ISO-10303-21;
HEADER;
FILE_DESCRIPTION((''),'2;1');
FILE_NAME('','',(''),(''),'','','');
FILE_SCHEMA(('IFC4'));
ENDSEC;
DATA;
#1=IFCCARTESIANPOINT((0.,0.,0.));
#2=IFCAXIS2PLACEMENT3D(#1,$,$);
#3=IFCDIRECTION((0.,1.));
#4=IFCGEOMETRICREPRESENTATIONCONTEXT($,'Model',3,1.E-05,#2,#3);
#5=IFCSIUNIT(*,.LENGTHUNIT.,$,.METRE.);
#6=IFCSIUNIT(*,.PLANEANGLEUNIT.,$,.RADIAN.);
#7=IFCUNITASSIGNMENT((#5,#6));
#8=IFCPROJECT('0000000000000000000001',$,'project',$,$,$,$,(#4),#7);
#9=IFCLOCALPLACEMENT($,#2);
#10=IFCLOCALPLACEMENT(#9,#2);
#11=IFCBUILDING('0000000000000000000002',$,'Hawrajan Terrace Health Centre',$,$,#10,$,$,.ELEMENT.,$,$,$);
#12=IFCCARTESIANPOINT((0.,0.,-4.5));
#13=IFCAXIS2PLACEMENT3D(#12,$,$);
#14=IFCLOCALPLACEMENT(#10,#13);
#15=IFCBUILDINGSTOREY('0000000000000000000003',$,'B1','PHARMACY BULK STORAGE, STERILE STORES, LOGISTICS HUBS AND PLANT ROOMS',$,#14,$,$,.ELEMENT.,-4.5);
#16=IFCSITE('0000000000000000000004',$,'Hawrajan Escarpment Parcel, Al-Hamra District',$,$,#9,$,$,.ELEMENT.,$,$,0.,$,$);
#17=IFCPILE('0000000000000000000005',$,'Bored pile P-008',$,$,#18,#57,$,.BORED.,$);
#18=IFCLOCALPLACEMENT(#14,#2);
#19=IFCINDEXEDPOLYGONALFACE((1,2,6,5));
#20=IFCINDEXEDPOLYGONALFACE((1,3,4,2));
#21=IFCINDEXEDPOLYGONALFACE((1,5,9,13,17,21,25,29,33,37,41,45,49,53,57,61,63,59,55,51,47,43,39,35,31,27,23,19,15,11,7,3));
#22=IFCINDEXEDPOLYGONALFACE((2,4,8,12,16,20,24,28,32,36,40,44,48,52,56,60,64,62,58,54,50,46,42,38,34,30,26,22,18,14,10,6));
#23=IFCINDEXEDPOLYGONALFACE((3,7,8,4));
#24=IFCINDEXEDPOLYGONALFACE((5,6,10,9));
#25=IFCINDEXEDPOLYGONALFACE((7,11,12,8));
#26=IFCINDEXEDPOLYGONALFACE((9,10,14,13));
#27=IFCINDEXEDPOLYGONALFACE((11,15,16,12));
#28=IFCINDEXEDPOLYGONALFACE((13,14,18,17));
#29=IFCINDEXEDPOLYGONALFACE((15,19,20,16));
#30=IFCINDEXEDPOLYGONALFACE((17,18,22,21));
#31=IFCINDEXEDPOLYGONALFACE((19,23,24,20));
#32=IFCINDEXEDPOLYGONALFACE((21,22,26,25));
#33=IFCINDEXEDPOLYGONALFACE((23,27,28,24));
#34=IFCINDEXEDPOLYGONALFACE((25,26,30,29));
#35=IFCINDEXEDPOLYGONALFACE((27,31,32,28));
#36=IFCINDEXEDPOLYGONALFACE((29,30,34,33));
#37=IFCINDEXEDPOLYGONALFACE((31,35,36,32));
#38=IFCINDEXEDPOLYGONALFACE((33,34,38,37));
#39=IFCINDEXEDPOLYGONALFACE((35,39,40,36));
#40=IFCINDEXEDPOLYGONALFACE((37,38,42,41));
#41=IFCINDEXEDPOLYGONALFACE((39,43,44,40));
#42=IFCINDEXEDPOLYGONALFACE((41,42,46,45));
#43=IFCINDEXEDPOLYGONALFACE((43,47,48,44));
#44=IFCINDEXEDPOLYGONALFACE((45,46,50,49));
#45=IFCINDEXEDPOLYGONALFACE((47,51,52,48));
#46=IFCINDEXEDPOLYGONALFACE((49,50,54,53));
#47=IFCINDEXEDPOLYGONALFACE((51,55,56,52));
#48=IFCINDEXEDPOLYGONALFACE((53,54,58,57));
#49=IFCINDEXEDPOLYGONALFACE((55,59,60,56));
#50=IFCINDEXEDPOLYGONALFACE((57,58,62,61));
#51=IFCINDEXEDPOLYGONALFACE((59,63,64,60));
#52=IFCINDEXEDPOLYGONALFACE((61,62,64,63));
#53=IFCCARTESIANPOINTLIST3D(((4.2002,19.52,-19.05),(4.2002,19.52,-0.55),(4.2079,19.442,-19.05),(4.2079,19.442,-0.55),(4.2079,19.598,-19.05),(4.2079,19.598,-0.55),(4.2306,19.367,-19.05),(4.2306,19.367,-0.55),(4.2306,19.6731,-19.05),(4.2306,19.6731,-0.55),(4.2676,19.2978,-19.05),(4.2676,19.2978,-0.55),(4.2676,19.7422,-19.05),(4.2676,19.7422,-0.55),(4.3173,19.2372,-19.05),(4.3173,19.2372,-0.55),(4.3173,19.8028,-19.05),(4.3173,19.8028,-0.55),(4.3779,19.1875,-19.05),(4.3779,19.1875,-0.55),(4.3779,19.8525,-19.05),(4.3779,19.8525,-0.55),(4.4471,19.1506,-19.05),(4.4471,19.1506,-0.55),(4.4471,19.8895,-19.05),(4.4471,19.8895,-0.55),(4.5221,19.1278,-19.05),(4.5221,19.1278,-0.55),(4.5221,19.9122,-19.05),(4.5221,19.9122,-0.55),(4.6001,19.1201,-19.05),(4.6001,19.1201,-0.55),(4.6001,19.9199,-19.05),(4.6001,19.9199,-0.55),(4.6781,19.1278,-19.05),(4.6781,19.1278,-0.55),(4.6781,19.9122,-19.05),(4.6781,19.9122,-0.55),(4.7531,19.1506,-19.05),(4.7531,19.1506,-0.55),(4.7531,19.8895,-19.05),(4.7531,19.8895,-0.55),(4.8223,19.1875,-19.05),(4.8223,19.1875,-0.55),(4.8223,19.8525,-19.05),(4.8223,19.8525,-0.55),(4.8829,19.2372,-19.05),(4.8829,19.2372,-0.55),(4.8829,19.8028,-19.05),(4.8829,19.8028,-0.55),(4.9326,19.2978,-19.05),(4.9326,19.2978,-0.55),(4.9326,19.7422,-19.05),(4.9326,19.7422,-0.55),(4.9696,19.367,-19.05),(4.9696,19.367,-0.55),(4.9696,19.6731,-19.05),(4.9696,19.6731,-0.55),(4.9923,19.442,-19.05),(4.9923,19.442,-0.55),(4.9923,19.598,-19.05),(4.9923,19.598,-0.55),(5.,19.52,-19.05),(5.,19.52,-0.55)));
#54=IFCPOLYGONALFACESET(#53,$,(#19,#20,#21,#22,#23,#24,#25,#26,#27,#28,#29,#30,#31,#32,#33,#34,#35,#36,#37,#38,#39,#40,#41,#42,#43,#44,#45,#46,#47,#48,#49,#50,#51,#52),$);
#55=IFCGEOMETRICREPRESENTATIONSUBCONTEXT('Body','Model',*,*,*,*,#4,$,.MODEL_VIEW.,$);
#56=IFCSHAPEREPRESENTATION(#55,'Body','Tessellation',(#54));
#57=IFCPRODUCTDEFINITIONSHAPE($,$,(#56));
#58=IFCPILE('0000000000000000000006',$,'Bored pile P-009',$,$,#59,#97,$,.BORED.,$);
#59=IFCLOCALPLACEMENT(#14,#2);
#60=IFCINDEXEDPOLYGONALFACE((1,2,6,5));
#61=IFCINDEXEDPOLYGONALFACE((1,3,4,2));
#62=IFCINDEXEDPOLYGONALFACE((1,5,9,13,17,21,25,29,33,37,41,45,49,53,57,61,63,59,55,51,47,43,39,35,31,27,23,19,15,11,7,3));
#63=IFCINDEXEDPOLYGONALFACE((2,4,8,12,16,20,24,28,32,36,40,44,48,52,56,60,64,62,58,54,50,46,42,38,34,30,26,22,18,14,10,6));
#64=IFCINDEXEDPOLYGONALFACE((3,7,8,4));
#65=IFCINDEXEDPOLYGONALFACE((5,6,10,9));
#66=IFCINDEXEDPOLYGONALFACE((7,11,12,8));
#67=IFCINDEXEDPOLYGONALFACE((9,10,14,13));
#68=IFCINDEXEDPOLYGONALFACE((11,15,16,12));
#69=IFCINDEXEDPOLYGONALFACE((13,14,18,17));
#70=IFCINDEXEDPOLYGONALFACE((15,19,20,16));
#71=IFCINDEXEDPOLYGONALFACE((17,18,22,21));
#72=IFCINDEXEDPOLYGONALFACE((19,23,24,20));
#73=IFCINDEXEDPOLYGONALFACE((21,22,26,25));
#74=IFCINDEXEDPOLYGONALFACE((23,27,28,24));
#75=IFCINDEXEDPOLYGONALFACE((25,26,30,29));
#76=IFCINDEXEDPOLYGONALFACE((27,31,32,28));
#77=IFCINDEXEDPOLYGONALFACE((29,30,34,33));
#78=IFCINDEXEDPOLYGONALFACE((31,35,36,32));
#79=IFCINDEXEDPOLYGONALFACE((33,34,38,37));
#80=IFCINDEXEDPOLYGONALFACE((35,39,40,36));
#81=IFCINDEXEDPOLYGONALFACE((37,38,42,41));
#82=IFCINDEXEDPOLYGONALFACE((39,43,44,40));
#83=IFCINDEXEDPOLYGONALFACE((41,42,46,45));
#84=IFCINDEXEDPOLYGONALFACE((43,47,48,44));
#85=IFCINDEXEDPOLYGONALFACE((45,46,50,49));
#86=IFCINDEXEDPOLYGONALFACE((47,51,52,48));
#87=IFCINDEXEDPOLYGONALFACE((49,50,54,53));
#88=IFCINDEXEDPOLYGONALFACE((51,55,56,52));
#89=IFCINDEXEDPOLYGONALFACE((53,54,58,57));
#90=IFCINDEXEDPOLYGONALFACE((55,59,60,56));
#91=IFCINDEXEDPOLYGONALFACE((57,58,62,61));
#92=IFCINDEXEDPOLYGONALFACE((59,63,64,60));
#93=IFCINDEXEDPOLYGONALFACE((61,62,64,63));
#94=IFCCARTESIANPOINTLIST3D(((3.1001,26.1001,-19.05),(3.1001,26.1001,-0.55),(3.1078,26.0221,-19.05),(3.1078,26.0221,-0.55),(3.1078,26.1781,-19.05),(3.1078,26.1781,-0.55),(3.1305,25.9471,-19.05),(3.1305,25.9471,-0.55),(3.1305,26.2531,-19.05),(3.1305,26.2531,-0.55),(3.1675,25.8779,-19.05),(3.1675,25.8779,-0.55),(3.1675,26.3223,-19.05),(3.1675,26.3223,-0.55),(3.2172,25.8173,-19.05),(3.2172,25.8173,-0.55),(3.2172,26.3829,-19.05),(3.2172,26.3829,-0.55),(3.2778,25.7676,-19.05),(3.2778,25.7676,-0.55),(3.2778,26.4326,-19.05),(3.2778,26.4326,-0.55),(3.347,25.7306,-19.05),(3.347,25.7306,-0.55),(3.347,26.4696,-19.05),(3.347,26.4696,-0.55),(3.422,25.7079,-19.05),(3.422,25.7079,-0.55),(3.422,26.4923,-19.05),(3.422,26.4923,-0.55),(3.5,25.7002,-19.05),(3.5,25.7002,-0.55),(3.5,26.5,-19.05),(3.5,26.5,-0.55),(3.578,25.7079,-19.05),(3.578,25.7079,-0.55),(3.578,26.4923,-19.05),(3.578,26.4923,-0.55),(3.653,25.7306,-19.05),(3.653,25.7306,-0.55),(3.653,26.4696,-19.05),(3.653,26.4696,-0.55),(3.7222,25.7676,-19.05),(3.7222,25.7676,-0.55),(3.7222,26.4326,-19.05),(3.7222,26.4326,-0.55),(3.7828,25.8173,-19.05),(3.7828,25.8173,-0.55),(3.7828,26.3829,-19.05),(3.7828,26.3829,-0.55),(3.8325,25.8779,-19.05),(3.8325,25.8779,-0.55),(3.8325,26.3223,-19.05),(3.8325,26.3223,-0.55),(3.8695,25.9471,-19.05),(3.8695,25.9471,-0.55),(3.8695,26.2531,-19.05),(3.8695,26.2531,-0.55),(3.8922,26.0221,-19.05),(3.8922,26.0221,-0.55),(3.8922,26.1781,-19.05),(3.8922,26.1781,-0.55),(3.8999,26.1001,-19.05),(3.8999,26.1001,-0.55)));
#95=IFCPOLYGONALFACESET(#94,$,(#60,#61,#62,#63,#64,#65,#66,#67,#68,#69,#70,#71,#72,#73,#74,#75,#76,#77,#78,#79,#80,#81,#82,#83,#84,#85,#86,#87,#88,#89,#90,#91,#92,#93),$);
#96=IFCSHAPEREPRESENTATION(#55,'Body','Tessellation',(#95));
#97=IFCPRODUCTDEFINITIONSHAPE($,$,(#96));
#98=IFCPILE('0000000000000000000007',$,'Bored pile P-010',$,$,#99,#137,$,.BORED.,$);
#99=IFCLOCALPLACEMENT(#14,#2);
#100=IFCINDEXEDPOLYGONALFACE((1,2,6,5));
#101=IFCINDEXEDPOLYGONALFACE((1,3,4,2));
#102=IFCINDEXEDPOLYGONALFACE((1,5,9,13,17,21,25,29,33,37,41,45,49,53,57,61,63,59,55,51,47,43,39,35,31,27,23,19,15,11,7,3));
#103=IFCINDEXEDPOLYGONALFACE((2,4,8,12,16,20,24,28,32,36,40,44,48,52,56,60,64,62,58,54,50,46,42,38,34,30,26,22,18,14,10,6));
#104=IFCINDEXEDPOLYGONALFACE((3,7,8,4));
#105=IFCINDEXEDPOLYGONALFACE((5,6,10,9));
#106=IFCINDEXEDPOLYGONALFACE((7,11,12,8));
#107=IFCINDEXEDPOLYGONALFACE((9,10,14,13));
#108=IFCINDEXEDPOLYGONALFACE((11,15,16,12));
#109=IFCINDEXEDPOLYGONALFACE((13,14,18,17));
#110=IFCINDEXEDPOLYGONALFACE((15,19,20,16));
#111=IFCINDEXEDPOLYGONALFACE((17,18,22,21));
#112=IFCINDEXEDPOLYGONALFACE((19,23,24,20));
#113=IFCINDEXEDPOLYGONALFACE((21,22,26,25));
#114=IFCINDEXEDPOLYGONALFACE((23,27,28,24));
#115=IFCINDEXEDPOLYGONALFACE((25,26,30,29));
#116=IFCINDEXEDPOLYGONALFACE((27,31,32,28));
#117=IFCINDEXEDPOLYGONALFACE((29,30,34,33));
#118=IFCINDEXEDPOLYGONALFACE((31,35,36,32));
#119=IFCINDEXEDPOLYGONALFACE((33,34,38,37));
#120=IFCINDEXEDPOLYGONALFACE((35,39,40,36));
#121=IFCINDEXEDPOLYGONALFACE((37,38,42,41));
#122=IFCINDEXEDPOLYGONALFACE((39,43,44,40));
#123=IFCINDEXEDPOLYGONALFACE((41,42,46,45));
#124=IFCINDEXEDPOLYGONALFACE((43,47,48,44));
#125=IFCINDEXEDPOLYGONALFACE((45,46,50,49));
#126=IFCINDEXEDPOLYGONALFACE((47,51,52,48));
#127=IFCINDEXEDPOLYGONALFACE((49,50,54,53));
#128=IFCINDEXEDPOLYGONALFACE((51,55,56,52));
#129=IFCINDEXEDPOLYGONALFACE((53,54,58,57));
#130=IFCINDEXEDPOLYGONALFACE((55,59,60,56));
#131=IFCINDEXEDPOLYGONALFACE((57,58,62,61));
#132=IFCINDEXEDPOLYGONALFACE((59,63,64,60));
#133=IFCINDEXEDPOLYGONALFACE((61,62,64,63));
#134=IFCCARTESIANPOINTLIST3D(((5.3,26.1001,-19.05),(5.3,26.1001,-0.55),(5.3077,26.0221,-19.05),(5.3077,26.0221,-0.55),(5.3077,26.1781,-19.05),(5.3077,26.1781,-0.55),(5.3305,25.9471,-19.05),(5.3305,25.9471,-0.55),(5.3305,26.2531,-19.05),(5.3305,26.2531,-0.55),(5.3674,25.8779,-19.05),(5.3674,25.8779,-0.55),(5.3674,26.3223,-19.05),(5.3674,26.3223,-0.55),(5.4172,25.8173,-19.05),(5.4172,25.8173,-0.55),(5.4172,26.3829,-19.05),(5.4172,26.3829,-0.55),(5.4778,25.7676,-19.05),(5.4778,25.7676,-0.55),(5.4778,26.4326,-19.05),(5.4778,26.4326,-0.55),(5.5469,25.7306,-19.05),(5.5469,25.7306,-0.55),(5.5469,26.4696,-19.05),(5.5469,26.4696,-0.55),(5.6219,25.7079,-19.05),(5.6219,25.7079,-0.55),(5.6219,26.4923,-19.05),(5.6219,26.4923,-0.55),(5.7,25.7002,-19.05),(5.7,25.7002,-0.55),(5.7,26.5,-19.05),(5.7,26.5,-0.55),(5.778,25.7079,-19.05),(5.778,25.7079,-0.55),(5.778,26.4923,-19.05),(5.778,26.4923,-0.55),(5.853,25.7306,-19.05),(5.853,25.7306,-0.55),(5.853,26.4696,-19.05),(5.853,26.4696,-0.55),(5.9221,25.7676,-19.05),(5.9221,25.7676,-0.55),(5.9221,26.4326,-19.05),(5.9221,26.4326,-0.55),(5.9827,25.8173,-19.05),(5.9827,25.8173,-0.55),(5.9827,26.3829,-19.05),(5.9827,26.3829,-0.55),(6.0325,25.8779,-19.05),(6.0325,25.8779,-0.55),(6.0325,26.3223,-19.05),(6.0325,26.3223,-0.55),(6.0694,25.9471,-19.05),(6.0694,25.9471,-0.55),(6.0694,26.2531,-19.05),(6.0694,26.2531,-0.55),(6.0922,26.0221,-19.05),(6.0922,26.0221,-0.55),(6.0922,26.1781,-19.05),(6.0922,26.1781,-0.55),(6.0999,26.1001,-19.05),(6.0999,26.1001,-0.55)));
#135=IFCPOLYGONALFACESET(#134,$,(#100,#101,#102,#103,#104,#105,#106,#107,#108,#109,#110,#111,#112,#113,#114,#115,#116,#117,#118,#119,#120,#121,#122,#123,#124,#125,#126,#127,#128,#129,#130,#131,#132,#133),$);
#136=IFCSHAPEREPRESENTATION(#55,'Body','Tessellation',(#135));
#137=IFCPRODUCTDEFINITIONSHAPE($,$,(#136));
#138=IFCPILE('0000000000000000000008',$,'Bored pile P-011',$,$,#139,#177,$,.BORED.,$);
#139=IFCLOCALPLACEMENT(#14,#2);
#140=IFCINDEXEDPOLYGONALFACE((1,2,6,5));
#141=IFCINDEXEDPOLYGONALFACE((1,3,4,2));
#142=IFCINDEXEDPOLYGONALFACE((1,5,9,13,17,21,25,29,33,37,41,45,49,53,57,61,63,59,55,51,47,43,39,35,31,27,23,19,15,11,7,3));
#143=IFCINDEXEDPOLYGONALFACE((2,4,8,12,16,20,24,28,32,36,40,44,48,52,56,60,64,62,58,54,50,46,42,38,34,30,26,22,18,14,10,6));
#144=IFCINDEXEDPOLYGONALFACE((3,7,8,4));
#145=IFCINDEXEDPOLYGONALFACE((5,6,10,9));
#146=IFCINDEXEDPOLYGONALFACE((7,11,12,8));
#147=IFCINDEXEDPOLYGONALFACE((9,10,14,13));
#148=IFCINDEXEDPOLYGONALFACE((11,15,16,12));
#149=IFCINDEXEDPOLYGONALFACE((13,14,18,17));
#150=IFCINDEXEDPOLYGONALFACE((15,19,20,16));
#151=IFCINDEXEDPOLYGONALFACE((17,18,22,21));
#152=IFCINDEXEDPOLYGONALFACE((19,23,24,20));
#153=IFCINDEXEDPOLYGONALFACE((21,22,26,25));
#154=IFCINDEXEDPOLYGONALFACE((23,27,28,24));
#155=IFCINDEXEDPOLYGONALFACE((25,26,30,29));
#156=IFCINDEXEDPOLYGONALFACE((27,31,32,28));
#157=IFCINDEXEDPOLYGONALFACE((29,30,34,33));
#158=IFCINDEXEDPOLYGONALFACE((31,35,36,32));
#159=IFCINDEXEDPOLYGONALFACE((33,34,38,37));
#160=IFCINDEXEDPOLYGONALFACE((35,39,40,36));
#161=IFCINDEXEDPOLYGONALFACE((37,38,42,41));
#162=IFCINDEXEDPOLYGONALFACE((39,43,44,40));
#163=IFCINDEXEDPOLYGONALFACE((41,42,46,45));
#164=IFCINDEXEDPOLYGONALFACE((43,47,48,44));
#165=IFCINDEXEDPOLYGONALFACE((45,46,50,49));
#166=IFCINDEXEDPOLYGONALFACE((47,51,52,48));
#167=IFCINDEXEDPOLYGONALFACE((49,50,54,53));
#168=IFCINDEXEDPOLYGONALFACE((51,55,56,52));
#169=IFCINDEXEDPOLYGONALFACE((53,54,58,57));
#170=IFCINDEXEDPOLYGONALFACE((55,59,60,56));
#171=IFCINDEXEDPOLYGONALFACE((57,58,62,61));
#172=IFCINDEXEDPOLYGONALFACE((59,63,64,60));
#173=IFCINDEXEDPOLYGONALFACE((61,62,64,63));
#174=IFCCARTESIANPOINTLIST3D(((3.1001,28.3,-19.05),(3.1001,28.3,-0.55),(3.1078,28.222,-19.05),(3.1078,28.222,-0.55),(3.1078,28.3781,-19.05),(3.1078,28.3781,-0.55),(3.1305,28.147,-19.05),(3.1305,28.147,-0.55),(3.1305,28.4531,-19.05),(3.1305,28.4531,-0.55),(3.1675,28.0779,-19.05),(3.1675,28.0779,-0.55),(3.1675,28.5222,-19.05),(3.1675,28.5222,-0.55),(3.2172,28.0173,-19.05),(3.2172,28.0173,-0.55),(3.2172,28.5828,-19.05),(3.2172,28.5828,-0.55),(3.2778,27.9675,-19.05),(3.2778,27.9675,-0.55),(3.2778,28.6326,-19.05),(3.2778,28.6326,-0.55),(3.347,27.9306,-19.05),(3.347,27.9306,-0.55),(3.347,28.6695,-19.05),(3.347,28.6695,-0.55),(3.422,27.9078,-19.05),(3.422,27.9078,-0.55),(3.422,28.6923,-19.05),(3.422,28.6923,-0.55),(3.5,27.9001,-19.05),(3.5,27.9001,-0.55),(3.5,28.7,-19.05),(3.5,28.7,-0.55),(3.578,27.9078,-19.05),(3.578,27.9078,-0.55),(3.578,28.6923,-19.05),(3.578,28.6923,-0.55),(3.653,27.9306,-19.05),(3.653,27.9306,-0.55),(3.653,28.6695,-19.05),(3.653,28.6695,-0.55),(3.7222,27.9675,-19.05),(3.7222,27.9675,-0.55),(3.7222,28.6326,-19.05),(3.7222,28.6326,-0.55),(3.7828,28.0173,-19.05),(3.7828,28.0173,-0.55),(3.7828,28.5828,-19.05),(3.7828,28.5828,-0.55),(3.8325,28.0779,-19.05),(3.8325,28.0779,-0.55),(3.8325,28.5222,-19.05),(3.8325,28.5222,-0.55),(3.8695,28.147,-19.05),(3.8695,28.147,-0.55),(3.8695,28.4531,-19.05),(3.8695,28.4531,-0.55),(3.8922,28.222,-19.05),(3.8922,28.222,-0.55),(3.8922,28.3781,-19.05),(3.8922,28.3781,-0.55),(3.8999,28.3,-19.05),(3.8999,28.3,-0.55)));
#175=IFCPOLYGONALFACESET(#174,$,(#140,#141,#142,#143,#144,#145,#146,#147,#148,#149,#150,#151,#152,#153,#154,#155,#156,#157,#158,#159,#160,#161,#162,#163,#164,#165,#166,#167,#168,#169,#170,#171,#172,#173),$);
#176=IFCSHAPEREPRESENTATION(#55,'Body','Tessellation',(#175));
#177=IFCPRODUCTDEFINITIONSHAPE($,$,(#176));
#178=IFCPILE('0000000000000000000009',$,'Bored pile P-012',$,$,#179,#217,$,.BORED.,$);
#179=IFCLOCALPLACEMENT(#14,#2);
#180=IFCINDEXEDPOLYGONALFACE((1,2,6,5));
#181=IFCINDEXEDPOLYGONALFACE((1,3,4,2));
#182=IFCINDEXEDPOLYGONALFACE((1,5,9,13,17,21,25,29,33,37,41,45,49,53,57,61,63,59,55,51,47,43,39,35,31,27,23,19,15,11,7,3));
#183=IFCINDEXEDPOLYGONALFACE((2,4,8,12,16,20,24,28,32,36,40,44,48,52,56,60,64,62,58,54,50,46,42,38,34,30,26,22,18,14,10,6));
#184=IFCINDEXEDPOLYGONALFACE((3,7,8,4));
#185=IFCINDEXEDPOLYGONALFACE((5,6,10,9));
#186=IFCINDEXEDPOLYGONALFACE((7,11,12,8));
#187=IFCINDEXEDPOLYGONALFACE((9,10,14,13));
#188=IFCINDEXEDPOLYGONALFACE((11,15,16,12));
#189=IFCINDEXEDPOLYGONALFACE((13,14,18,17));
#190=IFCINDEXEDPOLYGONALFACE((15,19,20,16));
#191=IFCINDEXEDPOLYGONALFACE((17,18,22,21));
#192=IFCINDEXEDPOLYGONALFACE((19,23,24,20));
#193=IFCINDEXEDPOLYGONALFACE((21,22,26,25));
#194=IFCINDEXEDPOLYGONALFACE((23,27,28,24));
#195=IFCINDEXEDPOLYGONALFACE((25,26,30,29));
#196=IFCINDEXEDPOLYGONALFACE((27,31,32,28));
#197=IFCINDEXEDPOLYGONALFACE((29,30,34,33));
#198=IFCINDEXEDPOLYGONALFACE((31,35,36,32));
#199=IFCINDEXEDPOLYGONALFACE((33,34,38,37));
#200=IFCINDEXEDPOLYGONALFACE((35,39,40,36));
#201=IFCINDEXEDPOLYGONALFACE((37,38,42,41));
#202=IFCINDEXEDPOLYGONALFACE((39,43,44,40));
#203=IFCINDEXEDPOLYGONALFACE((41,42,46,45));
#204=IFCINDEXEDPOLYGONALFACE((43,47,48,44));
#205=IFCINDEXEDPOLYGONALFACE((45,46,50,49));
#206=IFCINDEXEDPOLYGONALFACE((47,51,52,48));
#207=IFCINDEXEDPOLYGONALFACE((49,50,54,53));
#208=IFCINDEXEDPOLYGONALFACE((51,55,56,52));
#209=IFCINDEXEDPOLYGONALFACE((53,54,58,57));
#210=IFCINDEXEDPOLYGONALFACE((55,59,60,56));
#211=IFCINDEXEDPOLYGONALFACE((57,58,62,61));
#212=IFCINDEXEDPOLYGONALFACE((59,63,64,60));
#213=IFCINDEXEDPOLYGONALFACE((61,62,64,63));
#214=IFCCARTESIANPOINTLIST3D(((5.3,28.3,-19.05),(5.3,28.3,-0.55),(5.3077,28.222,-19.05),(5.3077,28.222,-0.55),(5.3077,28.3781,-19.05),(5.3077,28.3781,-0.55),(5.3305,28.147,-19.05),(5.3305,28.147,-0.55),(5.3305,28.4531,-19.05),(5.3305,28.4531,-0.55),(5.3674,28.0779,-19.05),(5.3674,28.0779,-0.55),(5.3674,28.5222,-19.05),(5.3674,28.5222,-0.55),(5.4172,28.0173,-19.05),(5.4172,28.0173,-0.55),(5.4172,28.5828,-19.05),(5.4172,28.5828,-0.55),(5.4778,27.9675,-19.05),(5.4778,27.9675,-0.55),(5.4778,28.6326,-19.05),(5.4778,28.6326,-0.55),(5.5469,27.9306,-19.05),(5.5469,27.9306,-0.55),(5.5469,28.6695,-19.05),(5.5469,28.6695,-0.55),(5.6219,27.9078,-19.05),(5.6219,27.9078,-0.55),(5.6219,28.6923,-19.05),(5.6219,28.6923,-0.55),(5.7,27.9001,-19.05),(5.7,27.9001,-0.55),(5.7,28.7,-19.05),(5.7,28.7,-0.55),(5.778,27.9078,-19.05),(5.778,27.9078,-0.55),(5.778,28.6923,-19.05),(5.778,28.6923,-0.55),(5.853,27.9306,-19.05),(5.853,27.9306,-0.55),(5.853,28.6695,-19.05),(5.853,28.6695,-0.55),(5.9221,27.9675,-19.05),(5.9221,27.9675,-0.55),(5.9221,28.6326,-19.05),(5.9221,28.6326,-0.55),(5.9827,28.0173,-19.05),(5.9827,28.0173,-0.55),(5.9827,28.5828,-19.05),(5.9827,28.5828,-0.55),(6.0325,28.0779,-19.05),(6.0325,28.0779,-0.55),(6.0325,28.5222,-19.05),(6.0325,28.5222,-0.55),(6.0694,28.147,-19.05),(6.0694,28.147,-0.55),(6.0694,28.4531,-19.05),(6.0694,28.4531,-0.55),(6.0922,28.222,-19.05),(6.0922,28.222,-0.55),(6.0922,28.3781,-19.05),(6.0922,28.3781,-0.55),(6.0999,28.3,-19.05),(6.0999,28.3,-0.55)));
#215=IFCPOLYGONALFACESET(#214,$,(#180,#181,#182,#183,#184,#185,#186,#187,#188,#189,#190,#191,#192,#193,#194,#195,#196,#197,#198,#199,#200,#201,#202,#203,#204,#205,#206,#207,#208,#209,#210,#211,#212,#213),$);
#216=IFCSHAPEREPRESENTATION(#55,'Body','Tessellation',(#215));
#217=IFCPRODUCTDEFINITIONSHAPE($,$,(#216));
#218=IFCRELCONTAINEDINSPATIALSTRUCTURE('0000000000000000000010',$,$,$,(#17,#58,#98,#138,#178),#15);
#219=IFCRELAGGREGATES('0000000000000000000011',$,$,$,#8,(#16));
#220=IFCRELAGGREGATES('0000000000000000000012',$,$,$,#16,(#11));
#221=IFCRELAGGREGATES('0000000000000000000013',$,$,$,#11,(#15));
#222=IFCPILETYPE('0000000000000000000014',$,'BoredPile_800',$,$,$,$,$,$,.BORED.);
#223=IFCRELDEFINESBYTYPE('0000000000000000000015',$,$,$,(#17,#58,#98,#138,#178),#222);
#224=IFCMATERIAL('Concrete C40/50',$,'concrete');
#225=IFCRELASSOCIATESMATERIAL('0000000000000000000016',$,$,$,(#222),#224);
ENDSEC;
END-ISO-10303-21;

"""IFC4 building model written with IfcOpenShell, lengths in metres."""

from ifc_helpers import new_model, si_unit, direction, frame, origin, origin_2d, place, context, subcontext, project, spatial, circle, extrude, material, material_profile, profile_set, type_object, element, save


model = new_model("IFC4")

# Units and contexts
model_context = context("Model", 3, precision=1e-05, world=origin(), true_north=direction((0.0, 1.0)))
body_context = subcontext(model_context, "Body", "Model", "MODEL_VIEW")
ifc_project = project(units=[si_unit("LENGTHUNIT", "METRE"), si_unit("PLANEANGLEUNIT", "RADIAN")], contexts=[model_context])

# Site, building, storey
site_placement = place(None, origin())
site = spatial("IfcSite", under=ifc_project, at=site_placement, Name="Hawrajan Escarpment Parcel, Al-Hamra District", CompositionType="ELEMENT", RefElevation=0.0)
building_placement = place(site_placement, origin())
building = spatial("IfcBuilding", under=site, at=building_placement, Name="Hawrajan Terrace Health Centre", CompositionType="ELEMENT")
storey_placement = place(building_placement, frame((0.0, 0.0, -4.5)))
storey = spatial("IfcBuildingStorey", under=building, at=storey_placement, Name="B1", Description="PHARMACY BULK STORAGE, STERILE STORES, LOGISTICS HUBS AND PLANT ROOMS", CompositionType="ELEMENT", Elevation=-4.5)

# Piles
ifc_material_1 = material(Name="Concrete C40/50", Category="concrete")
ifc_material_profile_1 = material_profile(ifc_material_1, circle(Radius=0.3999, at=origin_2d()), Name="BP 800")
ifc_profile_set_1 = profile_set([ifc_material_profile_1], Name="Concrete C40/50")
pile_type_1 = type_object("IfcPileType", Name="BoredPile_800", PredefinedType="BORED", material=ifc_profile_set_1)
for number, where, z_axis, x_axis, name in (
    (1, (4.6001, 19.52, -0.55), (0.0, 0.0, -1.0), (1.0, 0.0, 0.0), "Bored pile P-008"),
    (2, (3.5, 26.1001, -0.55), (0.0, 0.0, -1.0), (1.0, 0.0, 0.0), "Bored pile P-009"),
    (3, (5.7, 26.1001, -0.55), (0.0, 0.0, -1.0), (1.0, 0.0, 0.0), "Bored pile P-010"),
    (4, (3.5, 28.3, -0.55), (0.0, 0.0, -1.0), (1.0, 0.0, 0.0), "Bored pile P-011"),
    (5, (5.7, 28.3, -0.55), (0.0, 0.0, -1.0), (1.0, 0.0, 0.0), "Bored pile P-012"),
):
    element("IfcPile", number, at=place(storey_placement, frame(where, z_axis=z_axis, x_axis=x_axis)), inside=storey, type_object=pile_type_1, Name=name, PredefinedType="BORED", context=body_context, shape_type="SweptSolid", body=[
        extrude(circle(Radius=0.3999, at=origin_2d()), origin(), (0.0, 0.0, 1.0), 18.5),
    ])

save(model, "model.ifc")
